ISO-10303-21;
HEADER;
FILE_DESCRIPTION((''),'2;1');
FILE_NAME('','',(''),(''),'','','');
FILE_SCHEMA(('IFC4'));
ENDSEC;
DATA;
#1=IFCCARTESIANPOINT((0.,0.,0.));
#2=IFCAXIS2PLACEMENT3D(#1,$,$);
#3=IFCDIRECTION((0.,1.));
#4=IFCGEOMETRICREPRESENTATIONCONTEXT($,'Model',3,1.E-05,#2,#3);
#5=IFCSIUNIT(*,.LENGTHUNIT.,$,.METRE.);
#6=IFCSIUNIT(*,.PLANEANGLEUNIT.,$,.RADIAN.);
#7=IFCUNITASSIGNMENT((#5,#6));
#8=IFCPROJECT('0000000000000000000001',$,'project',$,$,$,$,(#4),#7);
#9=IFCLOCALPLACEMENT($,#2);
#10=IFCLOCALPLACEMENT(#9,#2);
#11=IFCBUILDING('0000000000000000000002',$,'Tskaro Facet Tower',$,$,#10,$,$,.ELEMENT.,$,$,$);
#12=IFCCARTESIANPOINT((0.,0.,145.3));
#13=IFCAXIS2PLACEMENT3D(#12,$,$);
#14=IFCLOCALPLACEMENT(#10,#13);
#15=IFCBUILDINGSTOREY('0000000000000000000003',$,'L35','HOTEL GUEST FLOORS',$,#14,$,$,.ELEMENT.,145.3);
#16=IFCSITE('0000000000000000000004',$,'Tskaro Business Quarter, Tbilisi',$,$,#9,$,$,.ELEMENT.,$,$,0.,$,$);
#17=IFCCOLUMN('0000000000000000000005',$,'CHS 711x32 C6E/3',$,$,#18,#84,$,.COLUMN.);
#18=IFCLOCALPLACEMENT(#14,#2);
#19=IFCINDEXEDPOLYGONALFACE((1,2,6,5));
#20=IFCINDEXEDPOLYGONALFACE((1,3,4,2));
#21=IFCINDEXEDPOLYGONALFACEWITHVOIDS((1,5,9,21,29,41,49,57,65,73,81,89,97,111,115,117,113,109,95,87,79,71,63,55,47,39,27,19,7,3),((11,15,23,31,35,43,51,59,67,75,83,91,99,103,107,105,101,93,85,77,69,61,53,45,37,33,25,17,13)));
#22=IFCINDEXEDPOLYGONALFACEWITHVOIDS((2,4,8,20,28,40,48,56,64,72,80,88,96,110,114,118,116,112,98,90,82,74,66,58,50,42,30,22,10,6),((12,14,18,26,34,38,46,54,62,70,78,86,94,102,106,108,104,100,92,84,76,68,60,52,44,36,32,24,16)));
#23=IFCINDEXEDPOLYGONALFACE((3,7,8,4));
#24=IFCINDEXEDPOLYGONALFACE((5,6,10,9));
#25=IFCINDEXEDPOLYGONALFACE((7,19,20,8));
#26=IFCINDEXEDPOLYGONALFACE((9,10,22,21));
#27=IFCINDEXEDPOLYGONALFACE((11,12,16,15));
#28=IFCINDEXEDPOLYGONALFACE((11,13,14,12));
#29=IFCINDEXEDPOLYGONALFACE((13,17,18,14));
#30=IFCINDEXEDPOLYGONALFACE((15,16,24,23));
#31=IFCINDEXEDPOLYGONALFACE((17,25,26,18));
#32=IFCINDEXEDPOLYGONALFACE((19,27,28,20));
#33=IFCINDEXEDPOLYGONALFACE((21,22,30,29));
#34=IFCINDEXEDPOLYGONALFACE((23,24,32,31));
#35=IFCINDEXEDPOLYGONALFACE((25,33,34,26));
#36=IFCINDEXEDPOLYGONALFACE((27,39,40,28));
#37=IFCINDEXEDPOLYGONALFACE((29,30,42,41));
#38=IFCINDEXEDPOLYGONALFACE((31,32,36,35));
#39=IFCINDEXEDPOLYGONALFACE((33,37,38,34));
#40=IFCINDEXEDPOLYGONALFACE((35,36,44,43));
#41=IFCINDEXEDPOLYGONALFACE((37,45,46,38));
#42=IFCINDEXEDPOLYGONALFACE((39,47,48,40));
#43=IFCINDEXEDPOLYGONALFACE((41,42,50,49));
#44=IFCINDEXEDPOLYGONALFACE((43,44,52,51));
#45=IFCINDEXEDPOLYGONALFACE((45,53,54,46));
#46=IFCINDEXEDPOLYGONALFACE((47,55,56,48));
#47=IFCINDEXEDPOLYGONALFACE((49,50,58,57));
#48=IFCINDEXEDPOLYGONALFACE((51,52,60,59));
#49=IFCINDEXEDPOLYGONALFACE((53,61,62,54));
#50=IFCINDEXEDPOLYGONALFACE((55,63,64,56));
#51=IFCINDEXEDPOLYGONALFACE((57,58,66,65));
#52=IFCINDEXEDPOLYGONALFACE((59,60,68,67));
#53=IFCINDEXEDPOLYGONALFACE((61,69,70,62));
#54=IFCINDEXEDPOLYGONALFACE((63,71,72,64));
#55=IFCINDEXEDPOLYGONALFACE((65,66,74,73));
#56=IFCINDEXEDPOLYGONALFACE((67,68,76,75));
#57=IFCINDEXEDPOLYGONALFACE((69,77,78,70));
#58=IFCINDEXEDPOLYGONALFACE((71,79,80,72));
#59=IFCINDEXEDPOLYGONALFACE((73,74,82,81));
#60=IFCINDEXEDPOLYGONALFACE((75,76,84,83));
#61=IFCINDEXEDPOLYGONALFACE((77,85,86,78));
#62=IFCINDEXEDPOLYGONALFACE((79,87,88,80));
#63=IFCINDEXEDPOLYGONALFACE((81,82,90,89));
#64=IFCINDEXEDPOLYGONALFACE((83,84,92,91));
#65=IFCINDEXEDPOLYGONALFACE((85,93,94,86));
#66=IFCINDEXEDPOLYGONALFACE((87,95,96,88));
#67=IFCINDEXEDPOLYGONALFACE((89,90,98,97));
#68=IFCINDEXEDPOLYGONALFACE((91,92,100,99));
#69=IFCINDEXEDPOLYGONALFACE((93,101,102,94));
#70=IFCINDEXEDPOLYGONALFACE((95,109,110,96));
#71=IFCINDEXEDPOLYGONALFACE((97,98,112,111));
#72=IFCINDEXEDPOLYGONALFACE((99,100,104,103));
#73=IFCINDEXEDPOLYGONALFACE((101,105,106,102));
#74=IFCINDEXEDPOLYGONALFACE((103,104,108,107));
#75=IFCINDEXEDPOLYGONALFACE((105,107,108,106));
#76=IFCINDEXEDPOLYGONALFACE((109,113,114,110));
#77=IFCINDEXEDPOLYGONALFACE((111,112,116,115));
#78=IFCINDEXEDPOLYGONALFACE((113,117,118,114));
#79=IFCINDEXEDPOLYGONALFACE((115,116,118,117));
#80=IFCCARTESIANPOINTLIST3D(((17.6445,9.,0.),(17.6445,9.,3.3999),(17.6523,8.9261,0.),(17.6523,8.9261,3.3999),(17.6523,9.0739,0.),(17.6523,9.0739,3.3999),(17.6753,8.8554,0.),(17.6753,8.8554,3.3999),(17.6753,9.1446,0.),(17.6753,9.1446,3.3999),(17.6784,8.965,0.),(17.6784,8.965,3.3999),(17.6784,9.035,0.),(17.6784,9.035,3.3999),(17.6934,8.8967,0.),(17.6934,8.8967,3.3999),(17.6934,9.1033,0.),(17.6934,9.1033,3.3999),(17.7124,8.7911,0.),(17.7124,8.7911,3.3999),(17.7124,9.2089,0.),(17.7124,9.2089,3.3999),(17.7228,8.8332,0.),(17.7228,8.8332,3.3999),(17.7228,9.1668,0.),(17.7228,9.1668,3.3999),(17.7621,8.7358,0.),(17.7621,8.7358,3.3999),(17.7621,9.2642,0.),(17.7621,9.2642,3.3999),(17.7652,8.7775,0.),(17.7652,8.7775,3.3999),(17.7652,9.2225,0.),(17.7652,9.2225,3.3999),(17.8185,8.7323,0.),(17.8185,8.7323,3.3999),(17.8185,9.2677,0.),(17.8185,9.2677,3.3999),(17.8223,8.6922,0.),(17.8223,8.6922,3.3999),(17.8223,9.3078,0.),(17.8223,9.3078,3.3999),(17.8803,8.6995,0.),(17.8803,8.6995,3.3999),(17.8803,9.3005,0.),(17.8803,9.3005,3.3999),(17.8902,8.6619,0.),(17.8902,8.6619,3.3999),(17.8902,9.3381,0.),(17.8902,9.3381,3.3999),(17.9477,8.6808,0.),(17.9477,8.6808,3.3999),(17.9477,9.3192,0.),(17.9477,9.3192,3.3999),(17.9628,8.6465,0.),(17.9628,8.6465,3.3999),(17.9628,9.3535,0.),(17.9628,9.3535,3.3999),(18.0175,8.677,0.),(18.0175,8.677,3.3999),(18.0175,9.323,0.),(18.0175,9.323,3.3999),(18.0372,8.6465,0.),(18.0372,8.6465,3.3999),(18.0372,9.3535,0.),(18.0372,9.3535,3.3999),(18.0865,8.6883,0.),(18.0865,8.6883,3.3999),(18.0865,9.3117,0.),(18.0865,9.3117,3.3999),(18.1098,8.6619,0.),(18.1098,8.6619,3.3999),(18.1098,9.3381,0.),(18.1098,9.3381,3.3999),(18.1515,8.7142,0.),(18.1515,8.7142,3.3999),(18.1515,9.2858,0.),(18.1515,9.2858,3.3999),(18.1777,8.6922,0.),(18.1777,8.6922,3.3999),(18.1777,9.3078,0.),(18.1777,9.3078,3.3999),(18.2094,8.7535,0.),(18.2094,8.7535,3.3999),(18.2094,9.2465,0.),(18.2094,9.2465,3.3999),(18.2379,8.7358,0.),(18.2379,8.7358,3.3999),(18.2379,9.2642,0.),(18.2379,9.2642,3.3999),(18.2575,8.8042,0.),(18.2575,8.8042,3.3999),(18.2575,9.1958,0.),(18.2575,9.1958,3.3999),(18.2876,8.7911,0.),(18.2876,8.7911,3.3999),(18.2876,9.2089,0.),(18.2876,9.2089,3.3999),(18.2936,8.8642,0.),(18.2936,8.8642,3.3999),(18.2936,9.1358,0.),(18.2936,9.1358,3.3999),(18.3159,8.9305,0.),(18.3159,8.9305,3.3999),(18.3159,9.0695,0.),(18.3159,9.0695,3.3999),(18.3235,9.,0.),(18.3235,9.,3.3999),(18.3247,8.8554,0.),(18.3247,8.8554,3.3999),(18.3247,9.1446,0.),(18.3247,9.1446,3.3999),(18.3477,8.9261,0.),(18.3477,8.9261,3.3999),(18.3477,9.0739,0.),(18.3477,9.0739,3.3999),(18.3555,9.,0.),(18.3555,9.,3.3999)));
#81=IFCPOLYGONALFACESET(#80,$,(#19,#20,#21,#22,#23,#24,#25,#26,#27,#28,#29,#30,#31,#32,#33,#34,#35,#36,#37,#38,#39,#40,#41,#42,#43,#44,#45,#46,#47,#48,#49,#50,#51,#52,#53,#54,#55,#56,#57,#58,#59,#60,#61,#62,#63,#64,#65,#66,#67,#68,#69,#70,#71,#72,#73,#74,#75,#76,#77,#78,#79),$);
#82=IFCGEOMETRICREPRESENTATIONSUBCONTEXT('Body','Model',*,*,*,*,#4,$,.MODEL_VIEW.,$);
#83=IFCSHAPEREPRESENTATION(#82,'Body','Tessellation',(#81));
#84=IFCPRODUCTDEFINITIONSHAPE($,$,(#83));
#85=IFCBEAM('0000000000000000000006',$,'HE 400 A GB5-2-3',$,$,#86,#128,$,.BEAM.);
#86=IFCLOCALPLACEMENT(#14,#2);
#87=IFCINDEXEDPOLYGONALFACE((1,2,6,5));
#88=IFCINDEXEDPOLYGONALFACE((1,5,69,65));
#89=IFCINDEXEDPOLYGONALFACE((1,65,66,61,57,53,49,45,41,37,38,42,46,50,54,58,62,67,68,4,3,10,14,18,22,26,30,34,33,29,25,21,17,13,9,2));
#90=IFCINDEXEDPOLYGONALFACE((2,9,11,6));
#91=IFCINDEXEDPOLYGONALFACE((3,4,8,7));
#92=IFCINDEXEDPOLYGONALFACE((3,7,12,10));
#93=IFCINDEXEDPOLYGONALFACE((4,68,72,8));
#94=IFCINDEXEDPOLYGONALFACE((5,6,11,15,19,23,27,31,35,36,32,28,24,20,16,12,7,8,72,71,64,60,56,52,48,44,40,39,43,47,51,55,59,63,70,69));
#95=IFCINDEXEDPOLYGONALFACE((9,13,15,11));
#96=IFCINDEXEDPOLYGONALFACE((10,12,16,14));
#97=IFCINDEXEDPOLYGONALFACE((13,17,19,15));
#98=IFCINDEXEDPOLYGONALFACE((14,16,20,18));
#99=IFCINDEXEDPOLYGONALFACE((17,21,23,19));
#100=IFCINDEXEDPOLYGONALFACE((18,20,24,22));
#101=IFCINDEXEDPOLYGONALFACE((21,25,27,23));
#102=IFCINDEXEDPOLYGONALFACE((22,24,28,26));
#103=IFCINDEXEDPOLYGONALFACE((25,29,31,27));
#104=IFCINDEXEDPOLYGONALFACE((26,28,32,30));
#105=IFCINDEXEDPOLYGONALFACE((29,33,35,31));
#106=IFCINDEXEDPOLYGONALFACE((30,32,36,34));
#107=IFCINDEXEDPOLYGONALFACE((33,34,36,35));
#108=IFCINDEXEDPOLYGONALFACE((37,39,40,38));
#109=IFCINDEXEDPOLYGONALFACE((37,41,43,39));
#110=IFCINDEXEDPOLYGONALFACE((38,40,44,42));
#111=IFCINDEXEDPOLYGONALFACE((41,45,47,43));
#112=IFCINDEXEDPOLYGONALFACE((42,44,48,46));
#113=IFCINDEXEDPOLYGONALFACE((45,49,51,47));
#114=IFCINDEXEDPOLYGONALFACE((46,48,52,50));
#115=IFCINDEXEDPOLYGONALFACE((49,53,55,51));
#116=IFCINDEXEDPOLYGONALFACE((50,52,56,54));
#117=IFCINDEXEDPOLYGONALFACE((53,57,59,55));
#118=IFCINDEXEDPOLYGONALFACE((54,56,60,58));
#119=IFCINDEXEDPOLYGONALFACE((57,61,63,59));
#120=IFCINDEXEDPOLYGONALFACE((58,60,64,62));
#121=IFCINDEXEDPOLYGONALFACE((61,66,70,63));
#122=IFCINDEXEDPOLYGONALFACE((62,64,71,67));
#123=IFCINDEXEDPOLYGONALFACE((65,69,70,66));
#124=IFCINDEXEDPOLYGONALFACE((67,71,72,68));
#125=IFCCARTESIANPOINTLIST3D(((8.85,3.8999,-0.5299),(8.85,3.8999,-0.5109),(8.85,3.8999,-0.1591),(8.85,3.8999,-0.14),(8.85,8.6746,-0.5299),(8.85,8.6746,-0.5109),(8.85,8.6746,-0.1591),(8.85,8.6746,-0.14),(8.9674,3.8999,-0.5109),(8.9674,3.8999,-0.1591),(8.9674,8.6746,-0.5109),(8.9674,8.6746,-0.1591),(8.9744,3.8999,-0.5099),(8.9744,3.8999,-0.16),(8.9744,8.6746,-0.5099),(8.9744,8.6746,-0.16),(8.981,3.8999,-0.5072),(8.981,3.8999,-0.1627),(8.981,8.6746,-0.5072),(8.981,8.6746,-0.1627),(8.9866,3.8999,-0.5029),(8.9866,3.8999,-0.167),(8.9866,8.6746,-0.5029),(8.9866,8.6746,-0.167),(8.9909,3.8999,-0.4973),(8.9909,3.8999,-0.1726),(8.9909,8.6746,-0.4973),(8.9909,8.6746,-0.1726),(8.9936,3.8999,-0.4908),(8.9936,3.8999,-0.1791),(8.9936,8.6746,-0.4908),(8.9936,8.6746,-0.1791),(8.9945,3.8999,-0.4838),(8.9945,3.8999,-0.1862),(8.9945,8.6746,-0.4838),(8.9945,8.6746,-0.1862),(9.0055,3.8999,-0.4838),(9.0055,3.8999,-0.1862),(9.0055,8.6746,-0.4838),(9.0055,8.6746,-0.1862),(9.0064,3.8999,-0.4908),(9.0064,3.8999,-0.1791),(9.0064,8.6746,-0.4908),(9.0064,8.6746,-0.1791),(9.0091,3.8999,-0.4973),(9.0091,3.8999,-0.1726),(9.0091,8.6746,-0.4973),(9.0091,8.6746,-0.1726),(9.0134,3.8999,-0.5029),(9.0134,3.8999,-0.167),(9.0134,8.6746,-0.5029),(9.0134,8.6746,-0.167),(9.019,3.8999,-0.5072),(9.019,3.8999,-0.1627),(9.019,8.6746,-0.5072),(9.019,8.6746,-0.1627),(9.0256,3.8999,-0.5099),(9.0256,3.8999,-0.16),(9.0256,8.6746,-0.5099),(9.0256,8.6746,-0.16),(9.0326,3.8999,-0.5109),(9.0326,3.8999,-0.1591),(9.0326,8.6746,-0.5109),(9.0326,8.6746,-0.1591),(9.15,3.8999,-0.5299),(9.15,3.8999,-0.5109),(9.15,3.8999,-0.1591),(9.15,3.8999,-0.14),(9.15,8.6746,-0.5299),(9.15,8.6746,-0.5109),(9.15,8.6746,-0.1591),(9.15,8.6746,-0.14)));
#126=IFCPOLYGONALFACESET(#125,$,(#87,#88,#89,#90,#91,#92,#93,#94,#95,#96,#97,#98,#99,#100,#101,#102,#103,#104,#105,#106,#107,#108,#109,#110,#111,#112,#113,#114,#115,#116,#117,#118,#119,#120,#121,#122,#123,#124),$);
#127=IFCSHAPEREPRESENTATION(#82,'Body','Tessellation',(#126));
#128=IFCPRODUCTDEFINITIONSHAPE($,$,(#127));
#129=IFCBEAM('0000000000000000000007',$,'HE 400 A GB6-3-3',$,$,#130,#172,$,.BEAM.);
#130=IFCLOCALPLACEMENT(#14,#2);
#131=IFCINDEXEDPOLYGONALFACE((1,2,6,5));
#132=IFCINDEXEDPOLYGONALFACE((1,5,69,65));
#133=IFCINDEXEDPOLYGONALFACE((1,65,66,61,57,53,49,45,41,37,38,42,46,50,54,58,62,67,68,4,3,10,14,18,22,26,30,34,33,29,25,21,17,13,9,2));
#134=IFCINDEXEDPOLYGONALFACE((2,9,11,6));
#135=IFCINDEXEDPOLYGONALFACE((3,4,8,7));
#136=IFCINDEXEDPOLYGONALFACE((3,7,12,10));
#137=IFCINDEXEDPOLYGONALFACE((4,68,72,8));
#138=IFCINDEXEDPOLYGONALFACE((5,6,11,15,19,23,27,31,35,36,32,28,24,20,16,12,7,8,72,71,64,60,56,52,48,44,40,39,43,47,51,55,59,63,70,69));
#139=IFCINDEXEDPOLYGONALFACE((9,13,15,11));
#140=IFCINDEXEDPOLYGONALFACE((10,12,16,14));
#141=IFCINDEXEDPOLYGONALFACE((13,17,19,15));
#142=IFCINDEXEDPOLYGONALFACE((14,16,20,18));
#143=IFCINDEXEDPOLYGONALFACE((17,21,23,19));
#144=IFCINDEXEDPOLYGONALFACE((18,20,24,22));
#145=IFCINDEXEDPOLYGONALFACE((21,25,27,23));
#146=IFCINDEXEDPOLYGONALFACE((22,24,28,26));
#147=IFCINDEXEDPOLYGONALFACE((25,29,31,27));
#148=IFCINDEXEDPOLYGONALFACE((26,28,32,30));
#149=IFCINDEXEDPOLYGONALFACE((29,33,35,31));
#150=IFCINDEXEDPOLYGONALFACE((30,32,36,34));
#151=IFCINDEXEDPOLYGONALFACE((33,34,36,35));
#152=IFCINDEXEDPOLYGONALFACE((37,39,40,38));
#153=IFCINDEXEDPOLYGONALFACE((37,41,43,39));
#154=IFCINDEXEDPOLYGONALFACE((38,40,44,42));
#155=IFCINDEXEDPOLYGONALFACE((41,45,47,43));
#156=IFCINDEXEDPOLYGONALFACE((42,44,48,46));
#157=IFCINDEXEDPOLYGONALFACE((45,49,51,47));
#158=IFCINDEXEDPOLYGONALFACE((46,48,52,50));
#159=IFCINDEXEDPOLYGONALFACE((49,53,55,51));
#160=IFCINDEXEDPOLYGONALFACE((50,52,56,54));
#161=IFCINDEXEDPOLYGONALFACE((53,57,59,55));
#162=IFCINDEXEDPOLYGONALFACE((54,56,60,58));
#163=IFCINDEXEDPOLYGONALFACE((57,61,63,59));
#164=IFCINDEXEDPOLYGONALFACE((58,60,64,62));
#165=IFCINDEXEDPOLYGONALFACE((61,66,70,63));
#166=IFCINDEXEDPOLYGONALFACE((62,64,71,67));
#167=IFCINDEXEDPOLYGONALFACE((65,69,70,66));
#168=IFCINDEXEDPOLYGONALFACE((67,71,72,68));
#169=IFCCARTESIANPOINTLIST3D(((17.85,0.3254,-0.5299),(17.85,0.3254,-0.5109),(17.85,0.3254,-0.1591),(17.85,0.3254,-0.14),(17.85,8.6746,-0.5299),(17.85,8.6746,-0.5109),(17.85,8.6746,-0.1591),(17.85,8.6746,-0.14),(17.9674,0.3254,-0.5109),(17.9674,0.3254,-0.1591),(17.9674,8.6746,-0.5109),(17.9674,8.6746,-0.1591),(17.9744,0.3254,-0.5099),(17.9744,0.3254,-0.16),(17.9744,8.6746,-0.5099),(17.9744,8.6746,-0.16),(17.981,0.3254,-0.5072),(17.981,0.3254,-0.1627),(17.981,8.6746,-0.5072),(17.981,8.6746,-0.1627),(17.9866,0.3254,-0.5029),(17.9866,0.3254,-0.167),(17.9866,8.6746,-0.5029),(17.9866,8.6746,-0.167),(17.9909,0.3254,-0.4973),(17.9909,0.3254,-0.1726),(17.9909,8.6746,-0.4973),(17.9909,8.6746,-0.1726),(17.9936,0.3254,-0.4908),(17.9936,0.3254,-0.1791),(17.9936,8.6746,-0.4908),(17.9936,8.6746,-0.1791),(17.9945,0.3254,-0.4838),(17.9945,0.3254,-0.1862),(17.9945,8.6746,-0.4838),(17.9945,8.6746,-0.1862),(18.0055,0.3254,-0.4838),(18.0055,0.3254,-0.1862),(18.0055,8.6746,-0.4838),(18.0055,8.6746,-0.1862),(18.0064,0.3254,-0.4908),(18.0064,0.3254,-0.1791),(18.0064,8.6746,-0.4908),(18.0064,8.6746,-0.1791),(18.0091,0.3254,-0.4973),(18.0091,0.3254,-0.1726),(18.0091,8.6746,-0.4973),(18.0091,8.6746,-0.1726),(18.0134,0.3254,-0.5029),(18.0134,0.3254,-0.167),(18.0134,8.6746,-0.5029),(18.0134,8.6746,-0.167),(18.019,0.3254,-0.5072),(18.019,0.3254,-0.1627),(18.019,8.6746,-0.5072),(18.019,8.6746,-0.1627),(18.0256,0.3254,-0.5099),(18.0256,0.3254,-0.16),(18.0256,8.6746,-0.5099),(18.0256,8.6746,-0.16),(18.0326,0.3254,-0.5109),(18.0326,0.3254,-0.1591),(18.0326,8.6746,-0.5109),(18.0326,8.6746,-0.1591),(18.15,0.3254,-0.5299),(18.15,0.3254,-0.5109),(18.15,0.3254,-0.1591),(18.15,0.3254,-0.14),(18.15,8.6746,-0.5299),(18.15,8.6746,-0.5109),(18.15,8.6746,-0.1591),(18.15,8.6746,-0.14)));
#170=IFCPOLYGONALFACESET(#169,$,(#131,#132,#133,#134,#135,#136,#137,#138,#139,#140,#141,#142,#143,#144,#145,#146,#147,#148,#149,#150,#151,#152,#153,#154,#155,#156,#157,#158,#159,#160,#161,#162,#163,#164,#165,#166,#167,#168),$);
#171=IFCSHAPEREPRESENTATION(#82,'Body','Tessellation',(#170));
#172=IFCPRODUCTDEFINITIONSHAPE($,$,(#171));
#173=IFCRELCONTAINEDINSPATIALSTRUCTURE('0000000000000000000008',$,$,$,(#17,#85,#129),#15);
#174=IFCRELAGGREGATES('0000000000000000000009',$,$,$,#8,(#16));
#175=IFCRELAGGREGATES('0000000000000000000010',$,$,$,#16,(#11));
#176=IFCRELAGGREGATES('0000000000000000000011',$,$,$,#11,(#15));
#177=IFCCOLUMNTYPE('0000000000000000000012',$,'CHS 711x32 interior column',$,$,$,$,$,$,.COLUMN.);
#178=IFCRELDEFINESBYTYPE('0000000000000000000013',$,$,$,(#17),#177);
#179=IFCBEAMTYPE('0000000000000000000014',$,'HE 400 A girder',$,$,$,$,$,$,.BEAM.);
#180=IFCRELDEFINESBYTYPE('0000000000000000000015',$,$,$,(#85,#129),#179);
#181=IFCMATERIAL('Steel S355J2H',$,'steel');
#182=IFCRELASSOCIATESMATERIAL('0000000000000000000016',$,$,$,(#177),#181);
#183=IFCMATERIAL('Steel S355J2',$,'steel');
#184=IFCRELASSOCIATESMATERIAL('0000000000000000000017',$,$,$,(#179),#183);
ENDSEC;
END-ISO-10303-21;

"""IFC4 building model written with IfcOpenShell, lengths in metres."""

from ifc_helpers import new_model, si_unit, direction, frame, origin, origin_2d, place, context, subcontext, project, spatial, hollow_circle, i_section, extrude, material, material_profile, profile_set, type_object, element, save


model = new_model("IFC4")

# Units and contexts
model_context = context("Model", 3, precision=1e-05, world=origin(), true_north=direction((0.0, 1.0)))
body_context = subcontext(model_context, "Body", "Model", "MODEL_VIEW")
ifc_project = project(units=[si_unit("LENGTHUNIT", "METRE"), si_unit("PLANEANGLEUNIT", "RADIAN")], contexts=[model_context])

# Site, building, storey
site_placement = place(None, origin())
site = spatial("IfcSite", under=ifc_project, at=site_placement, Name="Tskaro Business Quarter, Tbilisi", CompositionType="ELEMENT", RefElevation=0.0)
building_placement = place(site_placement, origin())
building = spatial("IfcBuilding", under=site, at=building_placement, Name="Tskaro Facet Tower", CompositionType="ELEMENT")
storey_placement = place(building_placement, frame((0.0, 0.0, 145.3)))
storey = spatial("IfcBuildingStorey", under=building, at=storey_placement, Name="L35", Description="HOTEL GUEST FLOORS", CompositionType="ELEMENT", Elevation=145.3)

# Column
ifc_material_1 = material(Name="Steel S355J2H", Category="steel")
ifc_material_profile_1 = material_profile(ifc_material_1, hollow_circle(Radius=0.3555, WallThickness=0.032, at=origin_2d()), Name="CHS 711x32")
ifc_profile_set_1 = profile_set([ifc_material_profile_1], Name="Steel S355J2H")
column_type = type_object("IfcColumnType", Name="CHS 711x32 interior column", PredefinedType="COLUMN", material=ifc_profile_set_1)
for number, where, z_axis, x_axis, name in (
    (1, (18.0, 9.0, 0.0), (0.0, 0.0, 1.0), (1.0, 0.0, 0.0), "CHS 711x32 C6E/3"),
):
    element("IfcColumn", number, at=place(storey_placement, frame(where, z_axis=z_axis, x_axis=x_axis)), inside=storey, type_object=column_type, Name=name, PredefinedType="COLUMN", context=body_context, shape_type="SweptSolid", body=[
        extrude(hollow_circle(Radius=0.3555, WallThickness=0.032, at=origin_2d()), origin(), (0.0, 0.0, 1.0), 3.3999),
    ])

# Beams
ifc_material_2 = material(Name="Steel S355J2", Category="steel")
ifc_material_profile_2 = material_profile(ifc_material_2, i_section(OverallWidth=0.3, OverallDepth=0.3899, WebThickness=0.011, FlangeThickness=0.019, FilletRadius=0.0271, at=origin_2d()), Name="HE 400 A")
ifc_profile_set_2 = profile_set([ifc_material_profile_2], Name="Steel S355J2")
beam_type_1 = type_object("IfcBeamType", Name="HE 400 A girder", PredefinedType="BEAM", material=ifc_profile_set_2)
beam_1_placement = place(storey_placement, frame((9.0, 3.8999, -0.335), z_axis=(0.0, 1.0, 0.0), x_axis=(-1.0, 0.0, 0.0)))
element("IfcBeam", 2, at=beam_1_placement, inside=storey, type_object=beam_type_1, Name="HE 400 A GB5-2-3", PredefinedType="BEAM", context=body_context, shape_type="SweptSolid", body=[
    extrude(i_section(OverallWidth=0.3, OverallDepth=0.3899, WebThickness=0.011, FlangeThickness=0.019, FilletRadius=0.0271, at=origin_2d()), origin(), (0.0, 0.0, 1.0), 4.7747),
])
beam_2_placement = place(storey_placement, frame((18.0, 0.3254, -0.335), z_axis=(0.0, 1.0, 0.0), x_axis=(-1.0, 0.0, 0.0)))
element("IfcBeam", 3, at=beam_2_placement, inside=storey, type_object=beam_type_1, Name="HE 400 A GB6-3-3", PredefinedType="BEAM", context=body_context, shape_type="SweptSolid", body=[
    extrude(i_section(OverallWidth=0.3, OverallDepth=0.3899, WebThickness=0.011, FlangeThickness=0.019, FilletRadius=0.0271, at=origin_2d()), origin(), (0.0, 0.0, 1.0), 8.3491),
])

save(model, "model.ifc")
